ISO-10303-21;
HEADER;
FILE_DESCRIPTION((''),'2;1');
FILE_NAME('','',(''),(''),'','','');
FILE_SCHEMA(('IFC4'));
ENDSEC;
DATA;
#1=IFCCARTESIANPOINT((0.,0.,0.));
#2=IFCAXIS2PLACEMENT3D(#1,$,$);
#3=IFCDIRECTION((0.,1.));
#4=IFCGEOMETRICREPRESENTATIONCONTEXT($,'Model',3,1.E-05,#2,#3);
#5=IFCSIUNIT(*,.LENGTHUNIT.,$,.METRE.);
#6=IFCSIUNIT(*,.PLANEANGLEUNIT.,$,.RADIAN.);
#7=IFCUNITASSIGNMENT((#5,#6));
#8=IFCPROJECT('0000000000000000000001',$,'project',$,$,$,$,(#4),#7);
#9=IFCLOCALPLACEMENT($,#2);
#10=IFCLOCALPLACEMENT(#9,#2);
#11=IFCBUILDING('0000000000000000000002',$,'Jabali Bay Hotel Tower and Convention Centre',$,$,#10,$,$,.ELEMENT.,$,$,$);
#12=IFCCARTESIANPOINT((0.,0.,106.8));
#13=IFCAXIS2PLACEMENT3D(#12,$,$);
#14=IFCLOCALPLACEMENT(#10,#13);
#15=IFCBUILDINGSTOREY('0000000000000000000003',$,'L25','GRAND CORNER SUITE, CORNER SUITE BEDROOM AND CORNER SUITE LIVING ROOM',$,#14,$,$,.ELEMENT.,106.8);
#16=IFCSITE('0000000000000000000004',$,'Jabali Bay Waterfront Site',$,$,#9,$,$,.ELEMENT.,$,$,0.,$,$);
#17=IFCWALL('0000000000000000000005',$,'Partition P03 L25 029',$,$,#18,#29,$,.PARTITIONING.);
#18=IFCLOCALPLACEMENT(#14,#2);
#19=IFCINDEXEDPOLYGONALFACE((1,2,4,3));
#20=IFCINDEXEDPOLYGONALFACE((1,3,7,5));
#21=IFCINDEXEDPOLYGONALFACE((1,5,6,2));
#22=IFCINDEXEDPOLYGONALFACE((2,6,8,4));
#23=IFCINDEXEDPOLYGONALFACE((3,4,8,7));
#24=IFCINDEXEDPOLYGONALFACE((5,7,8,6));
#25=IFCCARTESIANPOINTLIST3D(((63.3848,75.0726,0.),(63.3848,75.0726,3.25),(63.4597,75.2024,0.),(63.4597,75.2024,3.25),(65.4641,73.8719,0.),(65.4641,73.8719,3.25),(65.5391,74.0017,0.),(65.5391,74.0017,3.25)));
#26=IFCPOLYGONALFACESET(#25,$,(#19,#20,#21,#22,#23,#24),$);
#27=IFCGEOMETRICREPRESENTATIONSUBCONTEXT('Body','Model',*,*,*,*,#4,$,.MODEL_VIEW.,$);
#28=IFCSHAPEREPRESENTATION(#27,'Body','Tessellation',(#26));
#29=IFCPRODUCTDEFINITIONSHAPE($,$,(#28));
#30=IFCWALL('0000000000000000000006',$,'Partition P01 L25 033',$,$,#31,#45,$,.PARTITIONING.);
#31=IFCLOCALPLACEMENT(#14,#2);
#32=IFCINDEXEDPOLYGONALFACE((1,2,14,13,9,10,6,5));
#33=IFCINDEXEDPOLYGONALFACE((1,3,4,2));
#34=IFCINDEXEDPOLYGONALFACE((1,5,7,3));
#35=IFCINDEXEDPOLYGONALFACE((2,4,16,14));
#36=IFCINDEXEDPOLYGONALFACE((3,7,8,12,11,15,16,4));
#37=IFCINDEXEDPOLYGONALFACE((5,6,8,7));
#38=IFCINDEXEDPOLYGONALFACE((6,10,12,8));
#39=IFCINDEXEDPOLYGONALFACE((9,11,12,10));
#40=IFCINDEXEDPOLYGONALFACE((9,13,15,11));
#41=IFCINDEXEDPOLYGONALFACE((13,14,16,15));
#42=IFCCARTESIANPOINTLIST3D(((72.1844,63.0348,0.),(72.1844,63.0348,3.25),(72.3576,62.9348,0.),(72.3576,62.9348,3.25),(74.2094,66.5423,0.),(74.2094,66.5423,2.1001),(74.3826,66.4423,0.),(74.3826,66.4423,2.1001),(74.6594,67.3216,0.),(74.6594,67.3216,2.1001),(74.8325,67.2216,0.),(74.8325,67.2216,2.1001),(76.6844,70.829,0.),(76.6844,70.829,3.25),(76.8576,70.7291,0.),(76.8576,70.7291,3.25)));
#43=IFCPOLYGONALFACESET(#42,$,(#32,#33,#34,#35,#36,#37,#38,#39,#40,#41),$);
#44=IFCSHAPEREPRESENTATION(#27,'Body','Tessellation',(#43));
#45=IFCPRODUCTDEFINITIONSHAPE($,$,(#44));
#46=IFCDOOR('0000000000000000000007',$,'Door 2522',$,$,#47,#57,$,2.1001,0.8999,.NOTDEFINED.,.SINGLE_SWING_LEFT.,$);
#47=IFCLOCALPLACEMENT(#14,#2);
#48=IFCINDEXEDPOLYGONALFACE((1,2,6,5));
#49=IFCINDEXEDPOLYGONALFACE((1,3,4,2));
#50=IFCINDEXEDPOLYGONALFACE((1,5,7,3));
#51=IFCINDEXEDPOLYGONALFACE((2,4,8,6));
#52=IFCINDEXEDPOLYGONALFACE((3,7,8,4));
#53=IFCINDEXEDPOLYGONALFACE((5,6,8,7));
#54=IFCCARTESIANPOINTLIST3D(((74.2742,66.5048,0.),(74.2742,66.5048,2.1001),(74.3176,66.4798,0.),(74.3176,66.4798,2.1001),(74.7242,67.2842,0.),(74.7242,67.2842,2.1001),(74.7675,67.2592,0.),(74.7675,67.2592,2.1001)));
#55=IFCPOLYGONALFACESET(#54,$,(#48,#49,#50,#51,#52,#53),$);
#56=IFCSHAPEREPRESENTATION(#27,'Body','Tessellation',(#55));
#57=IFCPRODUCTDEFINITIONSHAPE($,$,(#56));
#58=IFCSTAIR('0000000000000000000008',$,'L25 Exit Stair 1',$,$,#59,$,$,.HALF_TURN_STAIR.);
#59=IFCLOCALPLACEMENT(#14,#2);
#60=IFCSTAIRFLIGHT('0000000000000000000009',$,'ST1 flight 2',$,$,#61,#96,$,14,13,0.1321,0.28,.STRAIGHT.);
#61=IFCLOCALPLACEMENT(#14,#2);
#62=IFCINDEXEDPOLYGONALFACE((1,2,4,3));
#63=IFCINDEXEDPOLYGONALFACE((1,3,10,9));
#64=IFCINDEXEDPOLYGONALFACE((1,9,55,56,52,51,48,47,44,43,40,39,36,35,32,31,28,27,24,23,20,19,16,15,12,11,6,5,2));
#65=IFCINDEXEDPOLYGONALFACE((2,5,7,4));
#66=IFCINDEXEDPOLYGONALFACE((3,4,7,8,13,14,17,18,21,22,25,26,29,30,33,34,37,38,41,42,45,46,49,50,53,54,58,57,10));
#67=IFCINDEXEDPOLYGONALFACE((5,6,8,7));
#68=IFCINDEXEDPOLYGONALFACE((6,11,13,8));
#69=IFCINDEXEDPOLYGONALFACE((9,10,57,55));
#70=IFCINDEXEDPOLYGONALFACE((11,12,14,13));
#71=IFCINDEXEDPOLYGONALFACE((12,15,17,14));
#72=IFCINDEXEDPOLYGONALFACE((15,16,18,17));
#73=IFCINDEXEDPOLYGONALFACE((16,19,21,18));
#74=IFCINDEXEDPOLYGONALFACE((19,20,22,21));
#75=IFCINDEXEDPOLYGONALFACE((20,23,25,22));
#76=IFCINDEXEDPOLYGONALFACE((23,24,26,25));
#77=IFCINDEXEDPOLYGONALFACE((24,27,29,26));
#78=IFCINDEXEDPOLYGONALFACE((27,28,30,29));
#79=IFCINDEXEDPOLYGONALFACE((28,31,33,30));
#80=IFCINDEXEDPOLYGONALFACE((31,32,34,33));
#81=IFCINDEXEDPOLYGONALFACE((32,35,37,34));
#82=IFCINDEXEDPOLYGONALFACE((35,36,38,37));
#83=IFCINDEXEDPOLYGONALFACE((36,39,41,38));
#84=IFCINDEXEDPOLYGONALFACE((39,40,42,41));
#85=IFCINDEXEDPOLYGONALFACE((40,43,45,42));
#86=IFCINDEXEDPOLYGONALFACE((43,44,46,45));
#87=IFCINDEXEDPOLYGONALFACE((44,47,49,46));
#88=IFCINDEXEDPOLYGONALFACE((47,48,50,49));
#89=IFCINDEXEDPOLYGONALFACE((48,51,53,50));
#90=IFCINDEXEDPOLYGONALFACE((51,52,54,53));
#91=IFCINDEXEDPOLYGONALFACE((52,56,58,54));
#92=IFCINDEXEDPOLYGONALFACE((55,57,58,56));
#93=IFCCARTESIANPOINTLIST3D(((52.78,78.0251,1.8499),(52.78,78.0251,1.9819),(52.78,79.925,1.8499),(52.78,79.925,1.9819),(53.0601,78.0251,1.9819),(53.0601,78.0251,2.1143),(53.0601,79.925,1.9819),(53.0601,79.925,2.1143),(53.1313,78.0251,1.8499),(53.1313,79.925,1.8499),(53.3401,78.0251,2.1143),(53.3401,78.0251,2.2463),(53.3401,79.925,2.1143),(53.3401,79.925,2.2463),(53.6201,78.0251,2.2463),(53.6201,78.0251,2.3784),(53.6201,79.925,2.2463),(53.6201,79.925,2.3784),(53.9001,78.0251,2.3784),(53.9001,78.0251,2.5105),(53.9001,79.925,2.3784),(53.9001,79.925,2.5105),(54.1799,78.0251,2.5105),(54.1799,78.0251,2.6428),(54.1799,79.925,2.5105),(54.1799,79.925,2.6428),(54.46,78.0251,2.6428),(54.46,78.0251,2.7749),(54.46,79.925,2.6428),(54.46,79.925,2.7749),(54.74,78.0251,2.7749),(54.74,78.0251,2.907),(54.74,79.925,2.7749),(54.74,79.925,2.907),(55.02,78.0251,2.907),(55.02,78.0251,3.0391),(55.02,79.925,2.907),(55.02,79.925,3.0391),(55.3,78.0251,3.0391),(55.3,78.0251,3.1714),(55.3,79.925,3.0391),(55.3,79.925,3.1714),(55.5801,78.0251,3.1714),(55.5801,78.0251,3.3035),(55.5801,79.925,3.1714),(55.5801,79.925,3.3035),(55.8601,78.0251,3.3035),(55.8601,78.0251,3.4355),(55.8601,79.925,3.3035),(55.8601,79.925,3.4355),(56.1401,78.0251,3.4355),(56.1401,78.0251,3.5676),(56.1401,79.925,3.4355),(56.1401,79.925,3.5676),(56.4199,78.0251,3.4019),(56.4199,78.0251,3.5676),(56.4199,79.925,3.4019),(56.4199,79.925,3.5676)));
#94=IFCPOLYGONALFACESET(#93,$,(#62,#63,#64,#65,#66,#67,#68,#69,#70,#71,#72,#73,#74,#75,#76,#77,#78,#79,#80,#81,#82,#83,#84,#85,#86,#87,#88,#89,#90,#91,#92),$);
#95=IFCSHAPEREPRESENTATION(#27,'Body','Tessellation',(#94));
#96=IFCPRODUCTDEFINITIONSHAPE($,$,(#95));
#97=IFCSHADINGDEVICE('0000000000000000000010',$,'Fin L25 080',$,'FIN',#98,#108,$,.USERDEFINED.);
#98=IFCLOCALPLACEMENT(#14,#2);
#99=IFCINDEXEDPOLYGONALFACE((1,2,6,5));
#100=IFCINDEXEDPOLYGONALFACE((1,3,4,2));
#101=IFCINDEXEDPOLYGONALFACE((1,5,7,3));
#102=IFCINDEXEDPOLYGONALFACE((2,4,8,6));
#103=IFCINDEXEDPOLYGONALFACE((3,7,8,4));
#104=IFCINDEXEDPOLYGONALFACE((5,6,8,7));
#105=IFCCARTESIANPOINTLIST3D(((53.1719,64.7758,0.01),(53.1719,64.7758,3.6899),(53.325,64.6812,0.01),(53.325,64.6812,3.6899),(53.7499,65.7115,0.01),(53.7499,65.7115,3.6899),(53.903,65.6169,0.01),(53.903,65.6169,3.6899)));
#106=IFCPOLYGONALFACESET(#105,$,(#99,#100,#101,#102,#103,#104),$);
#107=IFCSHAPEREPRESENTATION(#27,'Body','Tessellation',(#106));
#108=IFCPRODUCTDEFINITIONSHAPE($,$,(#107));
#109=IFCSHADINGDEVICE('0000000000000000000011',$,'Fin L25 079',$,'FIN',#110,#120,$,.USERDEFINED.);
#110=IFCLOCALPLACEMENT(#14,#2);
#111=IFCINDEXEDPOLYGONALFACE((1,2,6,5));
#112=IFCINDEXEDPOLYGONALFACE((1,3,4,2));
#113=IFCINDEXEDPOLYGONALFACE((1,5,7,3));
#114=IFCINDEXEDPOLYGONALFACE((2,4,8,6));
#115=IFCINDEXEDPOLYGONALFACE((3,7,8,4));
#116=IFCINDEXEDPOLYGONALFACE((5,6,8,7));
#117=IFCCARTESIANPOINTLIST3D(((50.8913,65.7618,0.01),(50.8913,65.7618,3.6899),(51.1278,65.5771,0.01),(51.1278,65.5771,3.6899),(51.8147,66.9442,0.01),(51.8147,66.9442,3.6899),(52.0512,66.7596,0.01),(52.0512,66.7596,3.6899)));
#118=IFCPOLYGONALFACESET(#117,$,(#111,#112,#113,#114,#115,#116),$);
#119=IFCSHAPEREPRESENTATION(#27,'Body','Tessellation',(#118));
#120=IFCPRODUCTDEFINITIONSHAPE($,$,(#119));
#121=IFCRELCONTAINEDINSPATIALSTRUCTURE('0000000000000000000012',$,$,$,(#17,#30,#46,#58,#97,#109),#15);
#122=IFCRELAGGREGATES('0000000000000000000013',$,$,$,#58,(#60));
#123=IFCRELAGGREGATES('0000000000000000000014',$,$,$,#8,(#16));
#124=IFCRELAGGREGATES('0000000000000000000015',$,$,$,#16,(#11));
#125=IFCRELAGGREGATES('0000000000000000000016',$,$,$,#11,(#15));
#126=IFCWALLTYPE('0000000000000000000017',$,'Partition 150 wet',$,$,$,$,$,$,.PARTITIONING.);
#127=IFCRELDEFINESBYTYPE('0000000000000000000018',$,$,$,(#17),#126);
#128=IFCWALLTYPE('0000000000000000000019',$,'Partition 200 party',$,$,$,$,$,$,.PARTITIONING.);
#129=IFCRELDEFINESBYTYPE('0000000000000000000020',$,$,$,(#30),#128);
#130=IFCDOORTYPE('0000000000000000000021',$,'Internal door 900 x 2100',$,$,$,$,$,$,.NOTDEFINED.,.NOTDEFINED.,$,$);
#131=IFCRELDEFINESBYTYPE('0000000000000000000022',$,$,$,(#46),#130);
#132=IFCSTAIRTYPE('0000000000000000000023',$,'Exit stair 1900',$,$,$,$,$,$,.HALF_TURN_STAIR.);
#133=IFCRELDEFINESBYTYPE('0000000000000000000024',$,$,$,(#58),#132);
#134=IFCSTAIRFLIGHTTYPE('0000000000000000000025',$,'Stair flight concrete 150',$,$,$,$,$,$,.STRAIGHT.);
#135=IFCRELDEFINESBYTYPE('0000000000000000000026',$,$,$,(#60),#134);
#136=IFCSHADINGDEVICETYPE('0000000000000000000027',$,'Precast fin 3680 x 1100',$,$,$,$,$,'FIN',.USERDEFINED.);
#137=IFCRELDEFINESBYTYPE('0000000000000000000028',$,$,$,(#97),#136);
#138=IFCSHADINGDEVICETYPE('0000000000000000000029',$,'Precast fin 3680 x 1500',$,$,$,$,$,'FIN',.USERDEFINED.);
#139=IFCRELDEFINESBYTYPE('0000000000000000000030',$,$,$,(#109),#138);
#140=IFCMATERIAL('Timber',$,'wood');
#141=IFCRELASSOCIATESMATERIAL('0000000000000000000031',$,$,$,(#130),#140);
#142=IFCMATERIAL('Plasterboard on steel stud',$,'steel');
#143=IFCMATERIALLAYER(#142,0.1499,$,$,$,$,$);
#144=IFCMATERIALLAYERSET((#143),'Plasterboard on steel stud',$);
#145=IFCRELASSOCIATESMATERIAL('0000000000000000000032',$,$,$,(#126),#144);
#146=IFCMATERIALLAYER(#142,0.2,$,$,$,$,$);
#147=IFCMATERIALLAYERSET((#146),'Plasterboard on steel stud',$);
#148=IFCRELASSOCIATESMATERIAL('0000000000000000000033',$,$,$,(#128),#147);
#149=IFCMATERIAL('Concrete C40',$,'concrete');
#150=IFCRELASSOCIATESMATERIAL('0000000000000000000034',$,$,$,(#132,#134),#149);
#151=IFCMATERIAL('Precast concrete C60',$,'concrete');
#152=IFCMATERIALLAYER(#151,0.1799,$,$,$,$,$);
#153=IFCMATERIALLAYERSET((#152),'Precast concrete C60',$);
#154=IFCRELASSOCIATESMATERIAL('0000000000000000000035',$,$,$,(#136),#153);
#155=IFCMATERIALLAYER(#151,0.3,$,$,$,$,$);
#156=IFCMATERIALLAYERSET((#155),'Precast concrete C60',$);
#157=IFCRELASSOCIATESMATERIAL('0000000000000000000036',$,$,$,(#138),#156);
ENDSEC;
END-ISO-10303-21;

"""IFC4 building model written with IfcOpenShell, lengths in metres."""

from ifc_helpers import new_model, si_unit, direction, frame, frame_2d, origin, place, context, subcontext, project, spatial, polyline, rectangle, outline, extrude, material, layer, layer_set, type_object, element, fill, aggregate, save


model = new_model("IFC4")

# Units and contexts
model_context = context("Model", 3, precision=1e-05, world=origin(), true_north=direction((0.0, 1.0)))
body_context = subcontext(model_context, "Body", "Model", "MODEL_VIEW")
ifc_project = project(units=[si_unit("LENGTHUNIT", "METRE"), si_unit("PLANEANGLEUNIT", "RADIAN")], contexts=[model_context])

# Site, building, storey
site_placement = place(None, origin())
site = spatial("IfcSite", under=ifc_project, at=site_placement, Name="Jabali Bay Waterfront Site", CompositionType="ELEMENT", RefElevation=0.0)
building_placement = place(site_placement, origin())
building = spatial("IfcBuilding", under=site, at=building_placement, Name="Jabali Bay Hotel Tower and Convention Centre", CompositionType="ELEMENT")
storey_placement = place(building_placement, frame((0.0, 0.0, 106.8)))
storey = spatial("IfcBuildingStorey", under=building, at=storey_placement, Name="L25", Description="GRAND CORNER SUITE, CORNER SUITE BEDROOM AND CORNER SUITE LIVING ROOM", CompositionType="ELEMENT", Elevation=106.8)

# Shared definitions
ifc_material_1 = material(Name="Concrete C40", Category="concrete")

# Shared definitions
ifc_material_2 = material(Name="Timber", Category="wood")
door_type_1 = type_object("IfcDoorType", Name="Internal door 900 x 2100", OperationType="NOTDEFINED", PredefinedType="NOTDEFINED", material=ifc_material_2)

# Shared definitions
ifc_material_3 = material(Name="Plasterboard on steel stud", Category="steel")
ifc_layer_1 = layer(ifc_material_3, 0.1499)
ifc_layer_set_1 = layer_set([ifc_layer_1], Name="Plasterboard on steel stud")
wall_type_1 = type_object("IfcWallType", Name="Partition 150 wet", PredefinedType="PARTITIONING", material=ifc_layer_set_1)

# Wall
wall_1_placement = place(storey_placement, frame((65.5017, 73.9368, 0.0), z_axis=(0.0, 0.0, 1.0), x_axis=(-0.865994, 0.500054, 0.0)))
element("IfcWall", 1, at=wall_1_placement, inside=storey, type_object=wall_type_1, Name="Partition P03 L25 029", PredefinedType="PARTITIONING", context=body_context, shape_type="SweptSolid", body=[
    extrude(rectangle(XDim=2.4011, YDim=0.1499, at=frame_2d((1.2007, 0.0))), origin(), (0.0, 0.0, 1.0), 3.25),
])

# Wall, opening, door
ifc_layer_2 = layer(ifc_material_3, 0.2)
ifc_layer_set_2 = layer_set([ifc_layer_2], Name="Plasterboard on steel stud")
wall_type_2 = type_object("IfcWallType", Name="Partition 200 party", PredefinedType="PARTITIONING", material=ifc_layer_set_2)
wall_2_placement = place(storey_placement, frame((76.771, 70.7791, 0.0), z_axis=(0.0, 0.0, 1.0), x_axis=(-0.500002, -0.866024, 0.0)))
wall_2 = element("IfcWall", 2, at=wall_2_placement, inside=storey, type_object=wall_type_2, Name="Partition P01 L25 033", PredefinedType="PARTITIONING", context=body_context, shape_type="SweptSolid", body=[
    extrude(rectangle(XDim=9.0, YDim=0.2, at=frame_2d((4.5, 0.0))), origin(), (0.0, 0.0, 1.0), 3.25),
])
opening_1_placement = place(wall_2_placement, frame((4.05, 0.0, 0.0)))
opening_1 = element("IfcOpeningElement", 3, at=opening_1_placement, cuts=wall_2, PredefinedType="OPENING", context=body_context, shape_type="SweptSolid", body=[
    extrude(rectangle(XDim=0.8999, YDim=2.1001, at=frame_2d((0.45, 1.05))), frame((0.0, 0.1104, 0.0), z_axis=(0.0, -1.0, 0.0), x_axis=(1.0, 0.0, 0.0)), (0.0, 0.0, 1.0), 0.2209),
])
door_1_placement = place(opening_1_placement, origin())
door_1 = element("IfcDoor", 4, at=door_1_placement, inside=storey, type_object=door_type_1, Name="Door 2522", OperationType="SINGLE_SWING_LEFT", OverallHeight=2.1001, OverallWidth=0.8999, PredefinedType="NOTDEFINED", context=body_context, shape_type="SweptSolid", body=[
    extrude(rectangle(XDim=0.8999, YDim=2.1001, at=frame_2d((0.45, 1.05))), frame((0.0, 0.0249, 0.0), z_axis=(0.0, -1.0, 0.0), x_axis=(1.0, 0.0, 0.0)), (0.0, 0.0, 1.0), 0.05),
])
fill(opening_1, door_1)

# Stair, stair flight
stair_type = type_object("IfcStairType", Name="Exit stair 1900", PredefinedType="HALF_TURN_STAIR", material=ifc_material_1)
stair_placement = place(storey_placement, origin())
stair = element("IfcStair", 5, at=stair_placement, inside=storey, type_object=stair_type, Name="L25 Exit Stair 1", PredefinedType="HALF_TURN_STAIR")
stair_flight_type = type_object("IfcStairFlightType", Name="Stair flight concrete 150", PredefinedType="STRAIGHT", material=ifc_material_1)
stair_flight_placement = place(storey_placement, frame((52.78, 78.9751, 1.8499), z_axis=(0.0, 0.0, 1.0), x_axis=(1.0, 0.0, 0.0)))
stair_flight = element("IfcStairFlight", 6, at=stair_flight_placement, type_object=stair_flight_type, Name="ST1 flight 2", NumberOfRisers=14, NumberOfTreads=13, PredefinedType="STRAIGHT", RiserHeight=0.1321, TreadLength=0.28, context=body_context, shape_type="SweptSolid", body=[
    extrude(outline(polyline([(0.0, 0.0), (0.0, 0.1321), (0.28, 0.1321), (0.28, 0.2644), (0.5601, 0.2644), (0.5601, 0.3965), (0.8401, 0.3965), (0.8401, 0.5286), (1.1201, 0.5286), (1.1201, 0.6606), (1.3999, 0.6606), (1.3999, 0.793), (1.6799, 0.793), (1.6799, 0.925), (1.96, 0.925), (1.96, 1.0571), (2.24, 1.0571), (2.24, 1.1892), (2.52, 1.1892), (2.52, 1.3215), (2.8, 1.3215), (2.8, 1.4536), (3.0801, 1.4536), (3.0801, 1.5857), (3.3601, 1.5857), (3.3601, 1.7178), (3.6399, 1.7178), (3.6399, 1.8501), (3.6399, 1.552), (0.3513, 0.0), (0.0, 0.0)])), frame((0.0, 0.95, 0.0), z_axis=(0.0, -1.0, 0.0), x_axis=(1.0, 0.0, 0.0)), (0.0, 0.0, 1.0), 1.8999),
])
aggregate(stair, [stair_flight])

# Shading devices
ifc_material_4 = material(Name="Precast concrete C60", Category="concrete")
ifc_layer_3 = layer(ifc_material_4, 0.1799)
ifc_layer_set_3 = layer_set([ifc_layer_3], Name="Precast concrete C60")
shading_device_type_1 = type_object("IfcShadingDeviceType", Name="Precast fin 3680 x 1100", ElementType="FIN", PredefinedType="USERDEFINED", material=ifc_layer_set_3)
shading_device_1_placement = place(storey_placement, frame((53.8264, 65.6641, 0.01), z_axis=(0.0, 0.0, 1.0), x_axis=(-0.525583, -0.850743, 0.0)))
element("IfcShadingDevice", 7, at=shading_device_1_placement, inside=storey, type_object=shading_device_type_1, Name="Fin L25 080", ObjectType="FIN", PredefinedType="USERDEFINED", context=body_context, shape_type="SweptSolid", body=[
    extrude(rectangle(XDim=1.0999, YDim=0.1799, at=frame_2d((0.5498, 0.0))), origin(), (0.0, 0.0, 1.0), 3.6799),
])
ifc_layer_4 = layer(ifc_material_4, 0.3)
ifc_layer_set_4 = layer_set([ifc_layer_4], Name="Precast concrete C60")
shading_device_type_2 = type_object("IfcShadingDeviceType", Name="Precast fin 3680 x 1500", ElementType="FIN", PredefinedType="USERDEFINED", material=ifc_layer_set_4)
shading_device_2_placement = place(storey_placement, frame((51.9329, 66.8518, 0.01), z_axis=(0.0, 0.0, 1.0), x_axis=(-0.615483, -0.78815, 0.0)))
element("IfcShadingDevice", 8, at=shading_device_2_placement, inside=storey, type_object=shading_device_type_2, Name="Fin L25 079", ObjectType="FIN", PredefinedType="USERDEFINED", context=body_context, shape_type="SweptSolid", body=[
    extrude(rectangle(XDim=1.5002, YDim=0.3, at=frame_2d((0.75, 0.0))), origin(), (0.0, 0.0, 1.0), 3.6799),
])

save(model, "model.ifc")
